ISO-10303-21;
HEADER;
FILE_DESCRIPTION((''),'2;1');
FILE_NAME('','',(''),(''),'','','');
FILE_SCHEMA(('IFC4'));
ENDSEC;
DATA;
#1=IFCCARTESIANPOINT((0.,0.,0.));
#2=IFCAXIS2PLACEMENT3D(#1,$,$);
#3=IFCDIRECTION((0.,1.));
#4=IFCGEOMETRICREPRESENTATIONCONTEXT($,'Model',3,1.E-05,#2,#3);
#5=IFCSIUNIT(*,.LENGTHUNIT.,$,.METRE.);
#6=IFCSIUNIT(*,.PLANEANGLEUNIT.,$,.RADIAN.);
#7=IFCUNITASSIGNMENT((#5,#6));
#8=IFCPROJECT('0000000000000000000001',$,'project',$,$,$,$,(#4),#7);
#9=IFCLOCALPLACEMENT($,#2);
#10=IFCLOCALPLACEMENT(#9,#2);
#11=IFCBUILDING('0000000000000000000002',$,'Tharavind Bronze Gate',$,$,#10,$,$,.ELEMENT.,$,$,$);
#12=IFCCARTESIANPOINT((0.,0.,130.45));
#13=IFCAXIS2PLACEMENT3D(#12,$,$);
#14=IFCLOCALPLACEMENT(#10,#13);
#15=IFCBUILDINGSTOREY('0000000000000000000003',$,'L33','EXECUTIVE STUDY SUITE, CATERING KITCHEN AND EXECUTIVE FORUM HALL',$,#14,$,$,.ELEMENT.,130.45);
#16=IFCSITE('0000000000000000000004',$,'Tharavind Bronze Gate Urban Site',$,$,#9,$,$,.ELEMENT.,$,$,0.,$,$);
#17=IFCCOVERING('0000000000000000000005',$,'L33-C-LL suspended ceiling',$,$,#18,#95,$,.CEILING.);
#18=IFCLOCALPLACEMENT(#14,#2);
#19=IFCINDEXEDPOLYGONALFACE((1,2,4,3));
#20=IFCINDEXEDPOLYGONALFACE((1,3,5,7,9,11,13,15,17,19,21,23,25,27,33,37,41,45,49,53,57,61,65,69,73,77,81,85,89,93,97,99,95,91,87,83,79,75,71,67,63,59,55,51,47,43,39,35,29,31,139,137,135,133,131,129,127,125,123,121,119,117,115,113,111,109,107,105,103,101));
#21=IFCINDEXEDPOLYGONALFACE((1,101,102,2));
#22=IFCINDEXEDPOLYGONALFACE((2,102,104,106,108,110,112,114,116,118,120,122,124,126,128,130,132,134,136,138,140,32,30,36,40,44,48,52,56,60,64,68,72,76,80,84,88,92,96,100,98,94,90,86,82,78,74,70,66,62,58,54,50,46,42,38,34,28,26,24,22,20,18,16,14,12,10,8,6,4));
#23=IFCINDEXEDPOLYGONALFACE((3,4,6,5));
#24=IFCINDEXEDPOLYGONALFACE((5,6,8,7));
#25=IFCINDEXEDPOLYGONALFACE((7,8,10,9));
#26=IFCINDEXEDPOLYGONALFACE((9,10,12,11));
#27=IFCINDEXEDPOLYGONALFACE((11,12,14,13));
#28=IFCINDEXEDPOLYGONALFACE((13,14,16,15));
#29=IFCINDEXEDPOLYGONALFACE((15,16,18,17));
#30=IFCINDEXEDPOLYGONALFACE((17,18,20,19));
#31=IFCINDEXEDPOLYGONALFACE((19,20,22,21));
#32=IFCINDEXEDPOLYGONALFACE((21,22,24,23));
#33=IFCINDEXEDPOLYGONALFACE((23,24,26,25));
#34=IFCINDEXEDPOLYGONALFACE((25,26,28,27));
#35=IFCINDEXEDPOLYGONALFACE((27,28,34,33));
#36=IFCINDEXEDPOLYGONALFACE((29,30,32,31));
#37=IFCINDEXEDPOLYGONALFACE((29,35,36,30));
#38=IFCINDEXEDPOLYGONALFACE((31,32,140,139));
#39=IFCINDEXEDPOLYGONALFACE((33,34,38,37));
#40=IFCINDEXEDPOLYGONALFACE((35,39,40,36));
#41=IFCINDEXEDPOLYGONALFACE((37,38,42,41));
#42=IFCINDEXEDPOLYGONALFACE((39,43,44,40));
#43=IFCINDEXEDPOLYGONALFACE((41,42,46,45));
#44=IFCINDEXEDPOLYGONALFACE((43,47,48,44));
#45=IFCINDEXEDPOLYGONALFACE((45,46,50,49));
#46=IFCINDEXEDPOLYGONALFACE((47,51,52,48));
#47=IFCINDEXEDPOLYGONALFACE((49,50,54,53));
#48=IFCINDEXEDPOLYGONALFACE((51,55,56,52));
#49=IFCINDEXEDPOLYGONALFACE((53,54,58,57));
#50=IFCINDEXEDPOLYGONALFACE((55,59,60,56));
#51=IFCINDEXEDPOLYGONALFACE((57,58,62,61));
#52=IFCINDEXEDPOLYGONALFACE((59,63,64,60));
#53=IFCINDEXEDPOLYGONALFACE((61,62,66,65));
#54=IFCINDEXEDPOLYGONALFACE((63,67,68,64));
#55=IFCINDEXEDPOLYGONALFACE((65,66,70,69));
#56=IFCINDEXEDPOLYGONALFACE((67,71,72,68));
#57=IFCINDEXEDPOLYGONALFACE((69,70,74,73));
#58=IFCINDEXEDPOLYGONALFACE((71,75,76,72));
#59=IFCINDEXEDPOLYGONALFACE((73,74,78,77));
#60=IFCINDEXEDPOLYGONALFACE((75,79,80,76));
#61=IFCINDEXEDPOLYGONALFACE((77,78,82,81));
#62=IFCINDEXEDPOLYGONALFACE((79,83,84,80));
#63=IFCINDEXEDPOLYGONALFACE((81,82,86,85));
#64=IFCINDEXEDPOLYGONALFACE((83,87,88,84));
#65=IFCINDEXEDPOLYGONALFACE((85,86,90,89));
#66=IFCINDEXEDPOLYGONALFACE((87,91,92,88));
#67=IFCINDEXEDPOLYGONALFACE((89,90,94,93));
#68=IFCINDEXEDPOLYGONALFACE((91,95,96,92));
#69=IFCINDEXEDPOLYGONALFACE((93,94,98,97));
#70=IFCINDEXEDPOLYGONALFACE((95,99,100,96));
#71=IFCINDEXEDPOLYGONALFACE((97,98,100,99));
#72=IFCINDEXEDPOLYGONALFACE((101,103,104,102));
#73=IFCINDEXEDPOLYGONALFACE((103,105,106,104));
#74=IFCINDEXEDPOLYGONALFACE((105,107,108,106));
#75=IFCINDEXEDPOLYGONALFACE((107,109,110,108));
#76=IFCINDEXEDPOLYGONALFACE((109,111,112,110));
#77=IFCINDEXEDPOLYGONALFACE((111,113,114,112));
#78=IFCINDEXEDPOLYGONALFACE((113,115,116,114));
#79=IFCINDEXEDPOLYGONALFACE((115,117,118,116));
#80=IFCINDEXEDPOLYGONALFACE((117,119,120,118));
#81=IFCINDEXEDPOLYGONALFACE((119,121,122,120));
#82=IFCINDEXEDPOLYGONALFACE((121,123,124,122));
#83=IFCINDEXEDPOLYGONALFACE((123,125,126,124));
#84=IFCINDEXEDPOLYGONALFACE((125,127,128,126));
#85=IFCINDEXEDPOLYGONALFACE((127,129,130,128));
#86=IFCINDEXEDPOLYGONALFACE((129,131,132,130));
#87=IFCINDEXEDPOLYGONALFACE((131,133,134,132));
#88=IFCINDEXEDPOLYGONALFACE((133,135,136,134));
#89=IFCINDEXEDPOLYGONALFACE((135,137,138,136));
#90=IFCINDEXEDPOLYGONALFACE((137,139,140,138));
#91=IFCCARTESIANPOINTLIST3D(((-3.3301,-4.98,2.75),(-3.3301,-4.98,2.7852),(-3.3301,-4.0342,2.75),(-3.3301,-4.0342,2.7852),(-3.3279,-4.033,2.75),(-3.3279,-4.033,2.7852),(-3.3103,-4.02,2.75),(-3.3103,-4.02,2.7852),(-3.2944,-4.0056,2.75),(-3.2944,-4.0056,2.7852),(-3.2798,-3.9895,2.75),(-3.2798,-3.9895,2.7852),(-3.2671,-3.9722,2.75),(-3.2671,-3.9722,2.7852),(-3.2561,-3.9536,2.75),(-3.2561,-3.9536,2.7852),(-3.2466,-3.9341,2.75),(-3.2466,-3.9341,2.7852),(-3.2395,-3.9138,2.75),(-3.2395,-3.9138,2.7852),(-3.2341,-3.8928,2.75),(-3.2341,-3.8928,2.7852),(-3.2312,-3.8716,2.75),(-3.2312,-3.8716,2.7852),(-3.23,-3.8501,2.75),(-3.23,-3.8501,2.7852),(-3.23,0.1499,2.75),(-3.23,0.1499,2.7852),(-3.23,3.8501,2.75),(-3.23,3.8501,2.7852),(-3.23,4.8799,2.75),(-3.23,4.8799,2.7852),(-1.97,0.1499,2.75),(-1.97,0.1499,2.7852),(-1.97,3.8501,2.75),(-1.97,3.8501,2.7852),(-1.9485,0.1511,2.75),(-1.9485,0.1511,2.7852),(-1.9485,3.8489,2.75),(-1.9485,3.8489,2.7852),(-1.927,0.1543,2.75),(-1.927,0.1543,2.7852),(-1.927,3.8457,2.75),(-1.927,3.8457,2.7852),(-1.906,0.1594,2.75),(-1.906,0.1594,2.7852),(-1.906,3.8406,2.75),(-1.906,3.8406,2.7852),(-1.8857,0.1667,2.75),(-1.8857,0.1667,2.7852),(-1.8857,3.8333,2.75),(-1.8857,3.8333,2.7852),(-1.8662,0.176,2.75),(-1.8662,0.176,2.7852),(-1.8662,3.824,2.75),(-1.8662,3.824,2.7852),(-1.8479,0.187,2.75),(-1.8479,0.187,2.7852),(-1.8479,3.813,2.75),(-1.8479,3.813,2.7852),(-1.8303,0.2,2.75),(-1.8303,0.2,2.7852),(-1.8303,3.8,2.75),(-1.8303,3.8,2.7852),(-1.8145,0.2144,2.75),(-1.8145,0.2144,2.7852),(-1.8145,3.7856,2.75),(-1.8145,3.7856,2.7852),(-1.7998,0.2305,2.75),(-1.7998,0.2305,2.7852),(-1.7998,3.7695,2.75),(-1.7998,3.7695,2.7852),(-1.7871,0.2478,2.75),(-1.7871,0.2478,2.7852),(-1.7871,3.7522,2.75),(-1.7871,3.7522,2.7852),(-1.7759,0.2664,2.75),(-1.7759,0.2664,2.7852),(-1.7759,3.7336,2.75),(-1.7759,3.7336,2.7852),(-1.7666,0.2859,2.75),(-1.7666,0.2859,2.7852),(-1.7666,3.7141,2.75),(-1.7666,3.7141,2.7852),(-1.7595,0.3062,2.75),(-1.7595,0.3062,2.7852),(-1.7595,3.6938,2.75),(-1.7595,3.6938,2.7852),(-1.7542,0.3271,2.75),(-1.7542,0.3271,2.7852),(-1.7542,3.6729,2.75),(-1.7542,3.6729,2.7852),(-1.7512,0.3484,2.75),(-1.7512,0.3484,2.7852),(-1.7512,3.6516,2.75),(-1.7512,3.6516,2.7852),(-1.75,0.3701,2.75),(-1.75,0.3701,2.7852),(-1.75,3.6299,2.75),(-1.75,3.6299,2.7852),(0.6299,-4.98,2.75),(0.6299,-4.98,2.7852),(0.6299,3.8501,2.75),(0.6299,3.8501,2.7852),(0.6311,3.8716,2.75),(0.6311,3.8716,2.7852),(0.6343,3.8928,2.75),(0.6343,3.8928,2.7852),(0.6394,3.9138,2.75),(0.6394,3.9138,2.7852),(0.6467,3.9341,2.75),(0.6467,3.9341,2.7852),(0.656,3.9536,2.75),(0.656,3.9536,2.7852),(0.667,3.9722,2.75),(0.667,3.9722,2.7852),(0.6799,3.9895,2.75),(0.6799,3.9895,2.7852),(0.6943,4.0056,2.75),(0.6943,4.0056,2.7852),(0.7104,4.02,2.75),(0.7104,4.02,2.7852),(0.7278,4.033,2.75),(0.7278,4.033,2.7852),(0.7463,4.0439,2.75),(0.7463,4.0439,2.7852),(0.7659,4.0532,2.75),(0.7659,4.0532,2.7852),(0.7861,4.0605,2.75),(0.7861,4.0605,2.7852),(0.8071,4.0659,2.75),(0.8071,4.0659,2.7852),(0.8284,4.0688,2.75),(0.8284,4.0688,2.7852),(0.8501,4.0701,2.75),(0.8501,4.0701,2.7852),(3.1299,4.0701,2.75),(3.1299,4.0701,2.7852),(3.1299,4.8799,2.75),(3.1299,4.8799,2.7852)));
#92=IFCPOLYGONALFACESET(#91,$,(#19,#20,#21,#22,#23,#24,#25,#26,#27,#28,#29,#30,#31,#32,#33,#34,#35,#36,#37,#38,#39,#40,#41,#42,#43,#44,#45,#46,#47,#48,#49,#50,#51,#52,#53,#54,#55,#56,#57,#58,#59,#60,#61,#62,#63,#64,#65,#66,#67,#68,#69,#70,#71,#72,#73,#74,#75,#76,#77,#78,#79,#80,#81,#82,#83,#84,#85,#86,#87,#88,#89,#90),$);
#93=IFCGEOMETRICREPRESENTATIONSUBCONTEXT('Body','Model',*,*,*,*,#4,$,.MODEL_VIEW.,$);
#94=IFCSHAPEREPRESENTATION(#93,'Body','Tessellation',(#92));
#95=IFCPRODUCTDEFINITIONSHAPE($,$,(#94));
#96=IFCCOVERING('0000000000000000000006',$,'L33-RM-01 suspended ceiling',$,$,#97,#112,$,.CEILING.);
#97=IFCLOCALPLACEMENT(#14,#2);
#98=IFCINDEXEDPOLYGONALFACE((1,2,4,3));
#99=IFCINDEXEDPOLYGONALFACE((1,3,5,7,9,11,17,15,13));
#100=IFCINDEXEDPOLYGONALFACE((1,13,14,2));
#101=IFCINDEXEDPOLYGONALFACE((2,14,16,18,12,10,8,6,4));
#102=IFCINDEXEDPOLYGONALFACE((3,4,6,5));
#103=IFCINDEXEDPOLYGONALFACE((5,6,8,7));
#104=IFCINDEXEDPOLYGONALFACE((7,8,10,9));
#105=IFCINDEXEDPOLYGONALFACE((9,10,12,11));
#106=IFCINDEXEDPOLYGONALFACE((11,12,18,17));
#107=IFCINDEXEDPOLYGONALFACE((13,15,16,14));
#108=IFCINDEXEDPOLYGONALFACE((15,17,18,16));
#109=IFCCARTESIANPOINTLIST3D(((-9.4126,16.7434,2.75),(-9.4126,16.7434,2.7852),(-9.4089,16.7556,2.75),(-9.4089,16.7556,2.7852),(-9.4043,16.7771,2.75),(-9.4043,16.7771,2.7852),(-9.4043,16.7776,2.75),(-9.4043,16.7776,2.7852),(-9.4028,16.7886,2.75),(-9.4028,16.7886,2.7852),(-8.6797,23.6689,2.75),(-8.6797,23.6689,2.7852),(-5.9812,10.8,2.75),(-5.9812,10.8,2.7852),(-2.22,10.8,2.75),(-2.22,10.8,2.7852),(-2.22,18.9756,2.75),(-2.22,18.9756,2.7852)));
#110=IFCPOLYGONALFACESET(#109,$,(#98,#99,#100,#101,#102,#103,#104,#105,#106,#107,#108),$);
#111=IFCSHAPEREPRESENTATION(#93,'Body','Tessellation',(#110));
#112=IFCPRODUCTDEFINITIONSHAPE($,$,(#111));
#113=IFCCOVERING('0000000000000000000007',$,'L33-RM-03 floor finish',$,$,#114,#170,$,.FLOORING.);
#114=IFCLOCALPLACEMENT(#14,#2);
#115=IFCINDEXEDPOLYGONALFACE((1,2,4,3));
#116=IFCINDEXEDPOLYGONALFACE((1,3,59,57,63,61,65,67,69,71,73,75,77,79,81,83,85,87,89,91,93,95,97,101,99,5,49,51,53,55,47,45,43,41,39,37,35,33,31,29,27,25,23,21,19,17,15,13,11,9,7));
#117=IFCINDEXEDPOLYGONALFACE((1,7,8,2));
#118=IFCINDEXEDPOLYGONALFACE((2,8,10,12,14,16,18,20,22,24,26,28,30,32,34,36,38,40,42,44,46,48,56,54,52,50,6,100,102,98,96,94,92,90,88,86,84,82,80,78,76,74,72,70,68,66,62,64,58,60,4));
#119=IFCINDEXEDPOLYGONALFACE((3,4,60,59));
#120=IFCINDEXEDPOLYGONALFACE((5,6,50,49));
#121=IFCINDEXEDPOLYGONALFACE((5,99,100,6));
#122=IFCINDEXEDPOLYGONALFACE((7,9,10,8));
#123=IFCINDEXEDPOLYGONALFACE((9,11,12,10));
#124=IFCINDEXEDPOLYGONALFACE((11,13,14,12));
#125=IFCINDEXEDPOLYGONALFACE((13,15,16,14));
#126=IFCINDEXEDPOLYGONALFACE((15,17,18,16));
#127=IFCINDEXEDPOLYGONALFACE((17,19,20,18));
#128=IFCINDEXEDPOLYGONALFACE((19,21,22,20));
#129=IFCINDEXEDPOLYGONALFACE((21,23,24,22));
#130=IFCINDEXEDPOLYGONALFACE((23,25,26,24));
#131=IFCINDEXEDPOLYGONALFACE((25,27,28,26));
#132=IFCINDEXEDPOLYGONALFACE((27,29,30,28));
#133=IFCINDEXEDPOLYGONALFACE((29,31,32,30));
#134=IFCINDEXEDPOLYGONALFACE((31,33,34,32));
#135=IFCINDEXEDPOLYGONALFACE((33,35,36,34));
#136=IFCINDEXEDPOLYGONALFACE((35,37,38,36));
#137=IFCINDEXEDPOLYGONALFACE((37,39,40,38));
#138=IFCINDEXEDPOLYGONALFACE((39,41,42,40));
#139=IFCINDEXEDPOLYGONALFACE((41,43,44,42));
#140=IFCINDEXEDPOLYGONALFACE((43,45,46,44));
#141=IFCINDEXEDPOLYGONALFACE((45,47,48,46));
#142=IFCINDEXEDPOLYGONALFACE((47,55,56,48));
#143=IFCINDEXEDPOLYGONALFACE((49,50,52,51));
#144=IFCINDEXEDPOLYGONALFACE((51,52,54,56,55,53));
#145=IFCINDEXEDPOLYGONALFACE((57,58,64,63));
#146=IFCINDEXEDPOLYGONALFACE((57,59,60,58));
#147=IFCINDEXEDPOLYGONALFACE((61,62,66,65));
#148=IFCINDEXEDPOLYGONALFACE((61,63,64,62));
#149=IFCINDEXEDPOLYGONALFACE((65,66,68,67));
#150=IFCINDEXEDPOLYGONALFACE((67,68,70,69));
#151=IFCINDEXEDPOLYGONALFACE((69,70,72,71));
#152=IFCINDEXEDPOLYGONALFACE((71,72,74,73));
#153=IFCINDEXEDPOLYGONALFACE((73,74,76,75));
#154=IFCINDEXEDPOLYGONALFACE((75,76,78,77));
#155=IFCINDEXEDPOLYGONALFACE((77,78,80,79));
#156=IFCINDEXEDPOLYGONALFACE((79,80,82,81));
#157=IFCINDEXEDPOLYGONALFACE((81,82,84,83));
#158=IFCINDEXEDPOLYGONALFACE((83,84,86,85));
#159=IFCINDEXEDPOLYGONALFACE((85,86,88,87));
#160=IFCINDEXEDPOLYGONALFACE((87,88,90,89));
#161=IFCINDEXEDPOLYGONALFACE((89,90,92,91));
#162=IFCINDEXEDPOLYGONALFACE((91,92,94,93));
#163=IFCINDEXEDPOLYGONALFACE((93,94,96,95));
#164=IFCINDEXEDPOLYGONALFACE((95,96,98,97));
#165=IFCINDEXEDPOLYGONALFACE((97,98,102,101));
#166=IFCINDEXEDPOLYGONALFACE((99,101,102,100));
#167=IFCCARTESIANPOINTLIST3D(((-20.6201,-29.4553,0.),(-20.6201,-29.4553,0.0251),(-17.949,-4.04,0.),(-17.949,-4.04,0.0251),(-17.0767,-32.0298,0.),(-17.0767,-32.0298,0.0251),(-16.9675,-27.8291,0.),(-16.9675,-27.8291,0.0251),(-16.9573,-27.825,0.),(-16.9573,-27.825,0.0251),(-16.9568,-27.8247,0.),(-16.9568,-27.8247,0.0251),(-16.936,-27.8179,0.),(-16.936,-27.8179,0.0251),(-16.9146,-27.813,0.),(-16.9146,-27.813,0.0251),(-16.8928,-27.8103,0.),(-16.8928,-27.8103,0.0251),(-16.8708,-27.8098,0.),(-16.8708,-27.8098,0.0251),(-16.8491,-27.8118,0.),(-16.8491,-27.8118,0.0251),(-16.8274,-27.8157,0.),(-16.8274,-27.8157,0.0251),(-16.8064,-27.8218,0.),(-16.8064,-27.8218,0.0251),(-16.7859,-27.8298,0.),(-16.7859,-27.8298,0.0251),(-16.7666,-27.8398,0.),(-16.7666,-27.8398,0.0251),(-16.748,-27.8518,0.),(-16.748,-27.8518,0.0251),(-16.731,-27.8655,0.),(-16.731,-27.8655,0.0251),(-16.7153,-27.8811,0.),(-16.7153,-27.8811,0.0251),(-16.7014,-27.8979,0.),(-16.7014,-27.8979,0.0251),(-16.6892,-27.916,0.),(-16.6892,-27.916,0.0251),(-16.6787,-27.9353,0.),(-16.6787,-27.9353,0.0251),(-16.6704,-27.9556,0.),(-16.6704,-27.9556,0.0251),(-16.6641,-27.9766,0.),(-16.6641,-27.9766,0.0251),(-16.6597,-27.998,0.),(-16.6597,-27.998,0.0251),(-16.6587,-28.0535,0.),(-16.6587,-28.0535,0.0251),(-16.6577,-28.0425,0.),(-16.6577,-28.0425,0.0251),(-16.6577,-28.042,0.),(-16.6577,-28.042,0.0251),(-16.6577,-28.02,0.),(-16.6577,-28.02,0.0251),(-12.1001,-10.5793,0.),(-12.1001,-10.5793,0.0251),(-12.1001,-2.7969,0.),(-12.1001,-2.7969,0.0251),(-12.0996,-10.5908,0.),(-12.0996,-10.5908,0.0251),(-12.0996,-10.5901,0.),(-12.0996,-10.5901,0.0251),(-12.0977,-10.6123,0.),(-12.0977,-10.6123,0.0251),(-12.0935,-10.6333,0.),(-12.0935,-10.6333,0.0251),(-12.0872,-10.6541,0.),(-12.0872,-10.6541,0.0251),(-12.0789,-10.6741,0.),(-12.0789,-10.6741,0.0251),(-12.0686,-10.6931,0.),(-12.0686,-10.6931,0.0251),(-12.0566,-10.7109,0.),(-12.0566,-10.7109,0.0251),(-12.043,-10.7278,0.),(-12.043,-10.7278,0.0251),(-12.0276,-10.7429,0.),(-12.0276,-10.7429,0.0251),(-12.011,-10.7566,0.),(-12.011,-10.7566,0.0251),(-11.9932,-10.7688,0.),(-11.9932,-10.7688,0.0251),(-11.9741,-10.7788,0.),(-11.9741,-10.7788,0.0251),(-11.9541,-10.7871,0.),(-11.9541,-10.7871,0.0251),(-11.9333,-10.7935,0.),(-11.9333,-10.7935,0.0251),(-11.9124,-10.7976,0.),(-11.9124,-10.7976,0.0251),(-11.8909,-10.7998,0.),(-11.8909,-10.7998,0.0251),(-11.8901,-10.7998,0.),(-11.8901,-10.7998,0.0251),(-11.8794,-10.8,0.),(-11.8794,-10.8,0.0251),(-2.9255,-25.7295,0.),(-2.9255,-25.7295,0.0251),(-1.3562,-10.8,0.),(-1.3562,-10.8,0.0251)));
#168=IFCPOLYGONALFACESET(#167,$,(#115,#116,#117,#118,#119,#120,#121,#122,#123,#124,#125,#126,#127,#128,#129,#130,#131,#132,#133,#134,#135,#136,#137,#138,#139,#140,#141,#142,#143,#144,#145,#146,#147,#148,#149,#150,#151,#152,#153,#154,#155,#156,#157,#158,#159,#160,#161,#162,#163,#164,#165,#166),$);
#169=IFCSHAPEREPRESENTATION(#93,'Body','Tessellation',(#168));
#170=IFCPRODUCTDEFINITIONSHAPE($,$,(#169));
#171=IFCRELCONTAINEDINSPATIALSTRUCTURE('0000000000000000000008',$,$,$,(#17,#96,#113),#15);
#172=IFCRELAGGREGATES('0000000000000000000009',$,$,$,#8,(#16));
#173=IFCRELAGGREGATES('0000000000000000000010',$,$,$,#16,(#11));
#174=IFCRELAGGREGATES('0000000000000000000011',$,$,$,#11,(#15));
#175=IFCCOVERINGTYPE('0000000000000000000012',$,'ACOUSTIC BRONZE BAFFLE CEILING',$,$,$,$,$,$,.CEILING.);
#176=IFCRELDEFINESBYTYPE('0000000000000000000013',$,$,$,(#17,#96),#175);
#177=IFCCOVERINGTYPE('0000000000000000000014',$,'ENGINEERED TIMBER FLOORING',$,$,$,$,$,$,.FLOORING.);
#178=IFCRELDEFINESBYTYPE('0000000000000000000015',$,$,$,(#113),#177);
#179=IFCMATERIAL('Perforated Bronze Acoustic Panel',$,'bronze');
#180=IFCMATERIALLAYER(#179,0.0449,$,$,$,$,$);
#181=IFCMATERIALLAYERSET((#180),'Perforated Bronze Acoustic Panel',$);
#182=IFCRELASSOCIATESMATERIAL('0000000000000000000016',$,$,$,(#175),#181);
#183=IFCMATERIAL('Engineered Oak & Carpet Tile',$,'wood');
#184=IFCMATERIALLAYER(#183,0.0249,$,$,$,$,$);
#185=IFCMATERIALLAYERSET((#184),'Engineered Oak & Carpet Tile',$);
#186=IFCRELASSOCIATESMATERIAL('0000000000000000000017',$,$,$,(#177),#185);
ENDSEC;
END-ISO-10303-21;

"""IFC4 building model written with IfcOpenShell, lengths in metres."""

from ifc_helpers import new_model, si_unit, direction, frame, origin, place, context, subcontext, project, spatial, polyline, outline, extrude, material, layer, layer_set, type_object, element, save


model = new_model("IFC4")

# Units and contexts
model_context = context("Model", 3, precision=1e-05, world=origin(), true_north=direction((0.0, 1.0)))
body_context = subcontext(model_context, "Body", "Model", "MODEL_VIEW")
ifc_project = project(units=[si_unit("LENGTHUNIT", "METRE"), si_unit("PLANEANGLEUNIT", "RADIAN")], contexts=[model_context])

# Site, building, storey
site_placement = place(None, origin())
site = spatial("IfcSite", under=ifc_project, at=site_placement, Name="Tharavind Bronze Gate Urban Site", CompositionType="ELEMENT", RefElevation=0.0)
building_placement = place(site_placement, origin())
building = spatial("IfcBuilding", under=site, at=building_placement, Name="Tharavind Bronze Gate", CompositionType="ELEMENT")
storey_placement = place(building_placement, frame((0.0, 0.0, 130.45)))
storey = spatial("IfcBuildingStorey", under=building, at=storey_placement, Name="L33", Description="EXECUTIVE STUDY SUITE, CATERING KITCHEN AND EXECUTIVE FORUM HALL", CompositionType="ELEMENT", Elevation=130.45)

# Coverings
ifc_material_1 = material(Name="Perforated Bronze Acoustic Panel", Category="bronze")
ifc_layer_1 = layer(ifc_material_1, 0.0449)
ifc_layer_set_1 = layer_set([ifc_layer_1], Name="Perforated Bronze Acoustic Panel")
covering_type_1 = type_object("IfcCoveringType", Name="ACOUSTIC BRONZE BAFFLE CEILING", PredefinedType="CEILING", material=ifc_layer_set_1)
covering_1_placement = place(storey_placement, frame((0.0, 0.0, 2.75)))
element("IfcCovering", 1, at=covering_1_placement, inside=storey, type_object=covering_type_1, Name="L33-C-LL suspended ceiling", PredefinedType="CEILING", context=body_context, shape_type="SweptSolid", body=[
    extrude(outline(polyline([(-3.3301, -4.98), (0.6299, -4.98), (0.6299, 3.8501), (0.6311, 3.8716), (0.6343, 3.8928), (0.6394, 3.9138), (0.6467, 3.9341), (0.656, 3.9536), (0.667, 3.9722), (0.6799, 3.9895), (0.6943, 4.0056), (0.7104, 4.02), (0.7278, 4.033), (0.7463, 4.0439), (0.7659, 4.0532), (0.7861, 4.0605), (0.8071, 4.0659), (0.8284, 4.0688), (0.8501, 4.0701), (3.1299, 4.0701), (3.1299, 4.8799), (-3.23, 4.8799), (-3.23, 3.8501), (-1.97, 3.8501), (-1.9485, 3.8489), (-1.927, 3.8457), (-1.906, 3.8406), (-1.8857, 3.8333), (-1.8662, 3.824), (-1.8479, 3.813), (-1.8303, 3.8), (-1.8145, 3.7856), (-1.7998, 3.7695), (-1.7871, 3.7522), (-1.7759, 3.7336), (-1.7666, 3.7141), (-1.7595, 3.6938), (-1.7542, 3.6729), (-1.7512, 3.6516), (-1.75, 3.6299), (-1.75, 0.3701), (-1.7512, 0.3484), (-1.7542, 0.3271), (-1.7595, 0.3062), (-1.7666, 0.2859), (-1.7759, 0.2664), (-1.7871, 0.2478), (-1.7998, 0.2305), (-1.8145, 0.2144), (-1.8303, 0.2), (-1.8479, 0.187), (-1.8662, 0.176), (-1.8857, 0.1667), (-1.906, 0.1594), (-1.927, 0.1543), (-1.9485, 0.1511), (-1.97, 0.1499), (-3.23, 0.1499), (-3.23, -3.8501), (-3.2312, -3.8716), (-3.2341, -3.8928), (-3.2395, -3.9138), (-3.2466, -3.9341), (-3.2561, -3.9536), (-3.2671, -3.9722), (-3.2798, -3.9895), (-3.2944, -4.0056), (-3.3103, -4.02), (-3.3279, -4.033), (-3.3301, -4.0342), (-3.3301, -4.98)])), origin(), (0.0, 0.0, 1.0), 0.0352),
])
covering_2_placement = place(storey_placement, frame((0.0, 0.0, 2.75)))
element("IfcCovering", 2, at=covering_2_placement, inside=storey, type_object=covering_type_1, Name="L33-RM-01 suspended ceiling", PredefinedType="CEILING", context=body_context, shape_type="SweptSolid", body=[
    extrude(outline(polyline([(-5.9812, 10.8), (-2.22, 10.8), (-2.22, 18.9756), (-8.6797, 23.6689), (-9.4028, 16.7886), (-9.4043, 16.7776), (-9.4043, 16.7771), (-9.4089, 16.7556), (-9.4126, 16.7434), (-5.9812, 10.8)])), origin(), (0.0, 0.0, 1.0), 0.0352),
])
ifc_material_2 = material(Name="Engineered Oak & Carpet Tile", Category="wood")
ifc_layer_2 = layer(ifc_material_2, 0.0249)
ifc_layer_set_2 = layer_set([ifc_layer_2], Name="Engineered Oak & Carpet Tile")
covering_type_2 = type_object("IfcCoveringType", Name="ENGINEERED TIMBER FLOORING", PredefinedType="FLOORING", material=ifc_layer_set_2)
covering_3_placement = place(storey_placement, origin())
element("IfcCovering", 3, at=covering_3_placement, inside=storey, type_object=covering_type_2, Name="L33-RM-03 floor finish", PredefinedType="FLOORING", context=body_context, shape_type="SweptSolid", body=[
    extrude(outline(polyline([(-16.9675, -27.8291), (-16.9573, -27.825), (-16.9568, -27.8247), (-16.936, -27.8179), (-16.9146, -27.813), (-16.8928, -27.8103), (-16.8708, -27.8098), (-16.8491, -27.8118), (-16.8274, -27.8157), (-16.8064, -27.8218), (-16.7859, -27.8298), (-16.7666, -27.8398), (-16.748, -27.8518), (-16.731, -27.8655), (-16.7153, -27.8811), (-16.7014, -27.8979), (-16.6892, -27.916), (-16.6787, -27.9353), (-16.6704, -27.9556), (-16.6641, -27.9766), (-16.6597, -27.998), (-16.6577, -28.02), (-16.6577, -28.042), (-16.6577, -28.0425), (-16.6587, -28.0535), (-17.0767, -32.0298), (-2.9255, -25.7295), (-1.3562, -10.8), (-11.8794, -10.8), (-11.8901, -10.7998), (-11.8909, -10.7998), (-11.9124, -10.7976), (-11.9333, -10.7935), (-11.9541, -10.7871), (-11.9741, -10.7788), (-11.9932, -10.7688), (-12.011, -10.7566), (-12.0276, -10.7429), (-12.043, -10.7278), (-12.0566, -10.7109), (-12.0686, -10.6931), (-12.0789, -10.6741), (-12.0872, -10.6541), (-12.0935, -10.6333), (-12.0977, -10.6123), (-12.0996, -10.5908), (-12.0996, -10.5901), (-12.1001, -10.5793), (-12.1001, -2.7969), (-17.949, -4.04), (-20.6201, -29.4553), (-16.9675, -27.8291)])), origin(), (0.0, 0.0, 1.0), 0.0251),
])

save(model, "model.ifc")
